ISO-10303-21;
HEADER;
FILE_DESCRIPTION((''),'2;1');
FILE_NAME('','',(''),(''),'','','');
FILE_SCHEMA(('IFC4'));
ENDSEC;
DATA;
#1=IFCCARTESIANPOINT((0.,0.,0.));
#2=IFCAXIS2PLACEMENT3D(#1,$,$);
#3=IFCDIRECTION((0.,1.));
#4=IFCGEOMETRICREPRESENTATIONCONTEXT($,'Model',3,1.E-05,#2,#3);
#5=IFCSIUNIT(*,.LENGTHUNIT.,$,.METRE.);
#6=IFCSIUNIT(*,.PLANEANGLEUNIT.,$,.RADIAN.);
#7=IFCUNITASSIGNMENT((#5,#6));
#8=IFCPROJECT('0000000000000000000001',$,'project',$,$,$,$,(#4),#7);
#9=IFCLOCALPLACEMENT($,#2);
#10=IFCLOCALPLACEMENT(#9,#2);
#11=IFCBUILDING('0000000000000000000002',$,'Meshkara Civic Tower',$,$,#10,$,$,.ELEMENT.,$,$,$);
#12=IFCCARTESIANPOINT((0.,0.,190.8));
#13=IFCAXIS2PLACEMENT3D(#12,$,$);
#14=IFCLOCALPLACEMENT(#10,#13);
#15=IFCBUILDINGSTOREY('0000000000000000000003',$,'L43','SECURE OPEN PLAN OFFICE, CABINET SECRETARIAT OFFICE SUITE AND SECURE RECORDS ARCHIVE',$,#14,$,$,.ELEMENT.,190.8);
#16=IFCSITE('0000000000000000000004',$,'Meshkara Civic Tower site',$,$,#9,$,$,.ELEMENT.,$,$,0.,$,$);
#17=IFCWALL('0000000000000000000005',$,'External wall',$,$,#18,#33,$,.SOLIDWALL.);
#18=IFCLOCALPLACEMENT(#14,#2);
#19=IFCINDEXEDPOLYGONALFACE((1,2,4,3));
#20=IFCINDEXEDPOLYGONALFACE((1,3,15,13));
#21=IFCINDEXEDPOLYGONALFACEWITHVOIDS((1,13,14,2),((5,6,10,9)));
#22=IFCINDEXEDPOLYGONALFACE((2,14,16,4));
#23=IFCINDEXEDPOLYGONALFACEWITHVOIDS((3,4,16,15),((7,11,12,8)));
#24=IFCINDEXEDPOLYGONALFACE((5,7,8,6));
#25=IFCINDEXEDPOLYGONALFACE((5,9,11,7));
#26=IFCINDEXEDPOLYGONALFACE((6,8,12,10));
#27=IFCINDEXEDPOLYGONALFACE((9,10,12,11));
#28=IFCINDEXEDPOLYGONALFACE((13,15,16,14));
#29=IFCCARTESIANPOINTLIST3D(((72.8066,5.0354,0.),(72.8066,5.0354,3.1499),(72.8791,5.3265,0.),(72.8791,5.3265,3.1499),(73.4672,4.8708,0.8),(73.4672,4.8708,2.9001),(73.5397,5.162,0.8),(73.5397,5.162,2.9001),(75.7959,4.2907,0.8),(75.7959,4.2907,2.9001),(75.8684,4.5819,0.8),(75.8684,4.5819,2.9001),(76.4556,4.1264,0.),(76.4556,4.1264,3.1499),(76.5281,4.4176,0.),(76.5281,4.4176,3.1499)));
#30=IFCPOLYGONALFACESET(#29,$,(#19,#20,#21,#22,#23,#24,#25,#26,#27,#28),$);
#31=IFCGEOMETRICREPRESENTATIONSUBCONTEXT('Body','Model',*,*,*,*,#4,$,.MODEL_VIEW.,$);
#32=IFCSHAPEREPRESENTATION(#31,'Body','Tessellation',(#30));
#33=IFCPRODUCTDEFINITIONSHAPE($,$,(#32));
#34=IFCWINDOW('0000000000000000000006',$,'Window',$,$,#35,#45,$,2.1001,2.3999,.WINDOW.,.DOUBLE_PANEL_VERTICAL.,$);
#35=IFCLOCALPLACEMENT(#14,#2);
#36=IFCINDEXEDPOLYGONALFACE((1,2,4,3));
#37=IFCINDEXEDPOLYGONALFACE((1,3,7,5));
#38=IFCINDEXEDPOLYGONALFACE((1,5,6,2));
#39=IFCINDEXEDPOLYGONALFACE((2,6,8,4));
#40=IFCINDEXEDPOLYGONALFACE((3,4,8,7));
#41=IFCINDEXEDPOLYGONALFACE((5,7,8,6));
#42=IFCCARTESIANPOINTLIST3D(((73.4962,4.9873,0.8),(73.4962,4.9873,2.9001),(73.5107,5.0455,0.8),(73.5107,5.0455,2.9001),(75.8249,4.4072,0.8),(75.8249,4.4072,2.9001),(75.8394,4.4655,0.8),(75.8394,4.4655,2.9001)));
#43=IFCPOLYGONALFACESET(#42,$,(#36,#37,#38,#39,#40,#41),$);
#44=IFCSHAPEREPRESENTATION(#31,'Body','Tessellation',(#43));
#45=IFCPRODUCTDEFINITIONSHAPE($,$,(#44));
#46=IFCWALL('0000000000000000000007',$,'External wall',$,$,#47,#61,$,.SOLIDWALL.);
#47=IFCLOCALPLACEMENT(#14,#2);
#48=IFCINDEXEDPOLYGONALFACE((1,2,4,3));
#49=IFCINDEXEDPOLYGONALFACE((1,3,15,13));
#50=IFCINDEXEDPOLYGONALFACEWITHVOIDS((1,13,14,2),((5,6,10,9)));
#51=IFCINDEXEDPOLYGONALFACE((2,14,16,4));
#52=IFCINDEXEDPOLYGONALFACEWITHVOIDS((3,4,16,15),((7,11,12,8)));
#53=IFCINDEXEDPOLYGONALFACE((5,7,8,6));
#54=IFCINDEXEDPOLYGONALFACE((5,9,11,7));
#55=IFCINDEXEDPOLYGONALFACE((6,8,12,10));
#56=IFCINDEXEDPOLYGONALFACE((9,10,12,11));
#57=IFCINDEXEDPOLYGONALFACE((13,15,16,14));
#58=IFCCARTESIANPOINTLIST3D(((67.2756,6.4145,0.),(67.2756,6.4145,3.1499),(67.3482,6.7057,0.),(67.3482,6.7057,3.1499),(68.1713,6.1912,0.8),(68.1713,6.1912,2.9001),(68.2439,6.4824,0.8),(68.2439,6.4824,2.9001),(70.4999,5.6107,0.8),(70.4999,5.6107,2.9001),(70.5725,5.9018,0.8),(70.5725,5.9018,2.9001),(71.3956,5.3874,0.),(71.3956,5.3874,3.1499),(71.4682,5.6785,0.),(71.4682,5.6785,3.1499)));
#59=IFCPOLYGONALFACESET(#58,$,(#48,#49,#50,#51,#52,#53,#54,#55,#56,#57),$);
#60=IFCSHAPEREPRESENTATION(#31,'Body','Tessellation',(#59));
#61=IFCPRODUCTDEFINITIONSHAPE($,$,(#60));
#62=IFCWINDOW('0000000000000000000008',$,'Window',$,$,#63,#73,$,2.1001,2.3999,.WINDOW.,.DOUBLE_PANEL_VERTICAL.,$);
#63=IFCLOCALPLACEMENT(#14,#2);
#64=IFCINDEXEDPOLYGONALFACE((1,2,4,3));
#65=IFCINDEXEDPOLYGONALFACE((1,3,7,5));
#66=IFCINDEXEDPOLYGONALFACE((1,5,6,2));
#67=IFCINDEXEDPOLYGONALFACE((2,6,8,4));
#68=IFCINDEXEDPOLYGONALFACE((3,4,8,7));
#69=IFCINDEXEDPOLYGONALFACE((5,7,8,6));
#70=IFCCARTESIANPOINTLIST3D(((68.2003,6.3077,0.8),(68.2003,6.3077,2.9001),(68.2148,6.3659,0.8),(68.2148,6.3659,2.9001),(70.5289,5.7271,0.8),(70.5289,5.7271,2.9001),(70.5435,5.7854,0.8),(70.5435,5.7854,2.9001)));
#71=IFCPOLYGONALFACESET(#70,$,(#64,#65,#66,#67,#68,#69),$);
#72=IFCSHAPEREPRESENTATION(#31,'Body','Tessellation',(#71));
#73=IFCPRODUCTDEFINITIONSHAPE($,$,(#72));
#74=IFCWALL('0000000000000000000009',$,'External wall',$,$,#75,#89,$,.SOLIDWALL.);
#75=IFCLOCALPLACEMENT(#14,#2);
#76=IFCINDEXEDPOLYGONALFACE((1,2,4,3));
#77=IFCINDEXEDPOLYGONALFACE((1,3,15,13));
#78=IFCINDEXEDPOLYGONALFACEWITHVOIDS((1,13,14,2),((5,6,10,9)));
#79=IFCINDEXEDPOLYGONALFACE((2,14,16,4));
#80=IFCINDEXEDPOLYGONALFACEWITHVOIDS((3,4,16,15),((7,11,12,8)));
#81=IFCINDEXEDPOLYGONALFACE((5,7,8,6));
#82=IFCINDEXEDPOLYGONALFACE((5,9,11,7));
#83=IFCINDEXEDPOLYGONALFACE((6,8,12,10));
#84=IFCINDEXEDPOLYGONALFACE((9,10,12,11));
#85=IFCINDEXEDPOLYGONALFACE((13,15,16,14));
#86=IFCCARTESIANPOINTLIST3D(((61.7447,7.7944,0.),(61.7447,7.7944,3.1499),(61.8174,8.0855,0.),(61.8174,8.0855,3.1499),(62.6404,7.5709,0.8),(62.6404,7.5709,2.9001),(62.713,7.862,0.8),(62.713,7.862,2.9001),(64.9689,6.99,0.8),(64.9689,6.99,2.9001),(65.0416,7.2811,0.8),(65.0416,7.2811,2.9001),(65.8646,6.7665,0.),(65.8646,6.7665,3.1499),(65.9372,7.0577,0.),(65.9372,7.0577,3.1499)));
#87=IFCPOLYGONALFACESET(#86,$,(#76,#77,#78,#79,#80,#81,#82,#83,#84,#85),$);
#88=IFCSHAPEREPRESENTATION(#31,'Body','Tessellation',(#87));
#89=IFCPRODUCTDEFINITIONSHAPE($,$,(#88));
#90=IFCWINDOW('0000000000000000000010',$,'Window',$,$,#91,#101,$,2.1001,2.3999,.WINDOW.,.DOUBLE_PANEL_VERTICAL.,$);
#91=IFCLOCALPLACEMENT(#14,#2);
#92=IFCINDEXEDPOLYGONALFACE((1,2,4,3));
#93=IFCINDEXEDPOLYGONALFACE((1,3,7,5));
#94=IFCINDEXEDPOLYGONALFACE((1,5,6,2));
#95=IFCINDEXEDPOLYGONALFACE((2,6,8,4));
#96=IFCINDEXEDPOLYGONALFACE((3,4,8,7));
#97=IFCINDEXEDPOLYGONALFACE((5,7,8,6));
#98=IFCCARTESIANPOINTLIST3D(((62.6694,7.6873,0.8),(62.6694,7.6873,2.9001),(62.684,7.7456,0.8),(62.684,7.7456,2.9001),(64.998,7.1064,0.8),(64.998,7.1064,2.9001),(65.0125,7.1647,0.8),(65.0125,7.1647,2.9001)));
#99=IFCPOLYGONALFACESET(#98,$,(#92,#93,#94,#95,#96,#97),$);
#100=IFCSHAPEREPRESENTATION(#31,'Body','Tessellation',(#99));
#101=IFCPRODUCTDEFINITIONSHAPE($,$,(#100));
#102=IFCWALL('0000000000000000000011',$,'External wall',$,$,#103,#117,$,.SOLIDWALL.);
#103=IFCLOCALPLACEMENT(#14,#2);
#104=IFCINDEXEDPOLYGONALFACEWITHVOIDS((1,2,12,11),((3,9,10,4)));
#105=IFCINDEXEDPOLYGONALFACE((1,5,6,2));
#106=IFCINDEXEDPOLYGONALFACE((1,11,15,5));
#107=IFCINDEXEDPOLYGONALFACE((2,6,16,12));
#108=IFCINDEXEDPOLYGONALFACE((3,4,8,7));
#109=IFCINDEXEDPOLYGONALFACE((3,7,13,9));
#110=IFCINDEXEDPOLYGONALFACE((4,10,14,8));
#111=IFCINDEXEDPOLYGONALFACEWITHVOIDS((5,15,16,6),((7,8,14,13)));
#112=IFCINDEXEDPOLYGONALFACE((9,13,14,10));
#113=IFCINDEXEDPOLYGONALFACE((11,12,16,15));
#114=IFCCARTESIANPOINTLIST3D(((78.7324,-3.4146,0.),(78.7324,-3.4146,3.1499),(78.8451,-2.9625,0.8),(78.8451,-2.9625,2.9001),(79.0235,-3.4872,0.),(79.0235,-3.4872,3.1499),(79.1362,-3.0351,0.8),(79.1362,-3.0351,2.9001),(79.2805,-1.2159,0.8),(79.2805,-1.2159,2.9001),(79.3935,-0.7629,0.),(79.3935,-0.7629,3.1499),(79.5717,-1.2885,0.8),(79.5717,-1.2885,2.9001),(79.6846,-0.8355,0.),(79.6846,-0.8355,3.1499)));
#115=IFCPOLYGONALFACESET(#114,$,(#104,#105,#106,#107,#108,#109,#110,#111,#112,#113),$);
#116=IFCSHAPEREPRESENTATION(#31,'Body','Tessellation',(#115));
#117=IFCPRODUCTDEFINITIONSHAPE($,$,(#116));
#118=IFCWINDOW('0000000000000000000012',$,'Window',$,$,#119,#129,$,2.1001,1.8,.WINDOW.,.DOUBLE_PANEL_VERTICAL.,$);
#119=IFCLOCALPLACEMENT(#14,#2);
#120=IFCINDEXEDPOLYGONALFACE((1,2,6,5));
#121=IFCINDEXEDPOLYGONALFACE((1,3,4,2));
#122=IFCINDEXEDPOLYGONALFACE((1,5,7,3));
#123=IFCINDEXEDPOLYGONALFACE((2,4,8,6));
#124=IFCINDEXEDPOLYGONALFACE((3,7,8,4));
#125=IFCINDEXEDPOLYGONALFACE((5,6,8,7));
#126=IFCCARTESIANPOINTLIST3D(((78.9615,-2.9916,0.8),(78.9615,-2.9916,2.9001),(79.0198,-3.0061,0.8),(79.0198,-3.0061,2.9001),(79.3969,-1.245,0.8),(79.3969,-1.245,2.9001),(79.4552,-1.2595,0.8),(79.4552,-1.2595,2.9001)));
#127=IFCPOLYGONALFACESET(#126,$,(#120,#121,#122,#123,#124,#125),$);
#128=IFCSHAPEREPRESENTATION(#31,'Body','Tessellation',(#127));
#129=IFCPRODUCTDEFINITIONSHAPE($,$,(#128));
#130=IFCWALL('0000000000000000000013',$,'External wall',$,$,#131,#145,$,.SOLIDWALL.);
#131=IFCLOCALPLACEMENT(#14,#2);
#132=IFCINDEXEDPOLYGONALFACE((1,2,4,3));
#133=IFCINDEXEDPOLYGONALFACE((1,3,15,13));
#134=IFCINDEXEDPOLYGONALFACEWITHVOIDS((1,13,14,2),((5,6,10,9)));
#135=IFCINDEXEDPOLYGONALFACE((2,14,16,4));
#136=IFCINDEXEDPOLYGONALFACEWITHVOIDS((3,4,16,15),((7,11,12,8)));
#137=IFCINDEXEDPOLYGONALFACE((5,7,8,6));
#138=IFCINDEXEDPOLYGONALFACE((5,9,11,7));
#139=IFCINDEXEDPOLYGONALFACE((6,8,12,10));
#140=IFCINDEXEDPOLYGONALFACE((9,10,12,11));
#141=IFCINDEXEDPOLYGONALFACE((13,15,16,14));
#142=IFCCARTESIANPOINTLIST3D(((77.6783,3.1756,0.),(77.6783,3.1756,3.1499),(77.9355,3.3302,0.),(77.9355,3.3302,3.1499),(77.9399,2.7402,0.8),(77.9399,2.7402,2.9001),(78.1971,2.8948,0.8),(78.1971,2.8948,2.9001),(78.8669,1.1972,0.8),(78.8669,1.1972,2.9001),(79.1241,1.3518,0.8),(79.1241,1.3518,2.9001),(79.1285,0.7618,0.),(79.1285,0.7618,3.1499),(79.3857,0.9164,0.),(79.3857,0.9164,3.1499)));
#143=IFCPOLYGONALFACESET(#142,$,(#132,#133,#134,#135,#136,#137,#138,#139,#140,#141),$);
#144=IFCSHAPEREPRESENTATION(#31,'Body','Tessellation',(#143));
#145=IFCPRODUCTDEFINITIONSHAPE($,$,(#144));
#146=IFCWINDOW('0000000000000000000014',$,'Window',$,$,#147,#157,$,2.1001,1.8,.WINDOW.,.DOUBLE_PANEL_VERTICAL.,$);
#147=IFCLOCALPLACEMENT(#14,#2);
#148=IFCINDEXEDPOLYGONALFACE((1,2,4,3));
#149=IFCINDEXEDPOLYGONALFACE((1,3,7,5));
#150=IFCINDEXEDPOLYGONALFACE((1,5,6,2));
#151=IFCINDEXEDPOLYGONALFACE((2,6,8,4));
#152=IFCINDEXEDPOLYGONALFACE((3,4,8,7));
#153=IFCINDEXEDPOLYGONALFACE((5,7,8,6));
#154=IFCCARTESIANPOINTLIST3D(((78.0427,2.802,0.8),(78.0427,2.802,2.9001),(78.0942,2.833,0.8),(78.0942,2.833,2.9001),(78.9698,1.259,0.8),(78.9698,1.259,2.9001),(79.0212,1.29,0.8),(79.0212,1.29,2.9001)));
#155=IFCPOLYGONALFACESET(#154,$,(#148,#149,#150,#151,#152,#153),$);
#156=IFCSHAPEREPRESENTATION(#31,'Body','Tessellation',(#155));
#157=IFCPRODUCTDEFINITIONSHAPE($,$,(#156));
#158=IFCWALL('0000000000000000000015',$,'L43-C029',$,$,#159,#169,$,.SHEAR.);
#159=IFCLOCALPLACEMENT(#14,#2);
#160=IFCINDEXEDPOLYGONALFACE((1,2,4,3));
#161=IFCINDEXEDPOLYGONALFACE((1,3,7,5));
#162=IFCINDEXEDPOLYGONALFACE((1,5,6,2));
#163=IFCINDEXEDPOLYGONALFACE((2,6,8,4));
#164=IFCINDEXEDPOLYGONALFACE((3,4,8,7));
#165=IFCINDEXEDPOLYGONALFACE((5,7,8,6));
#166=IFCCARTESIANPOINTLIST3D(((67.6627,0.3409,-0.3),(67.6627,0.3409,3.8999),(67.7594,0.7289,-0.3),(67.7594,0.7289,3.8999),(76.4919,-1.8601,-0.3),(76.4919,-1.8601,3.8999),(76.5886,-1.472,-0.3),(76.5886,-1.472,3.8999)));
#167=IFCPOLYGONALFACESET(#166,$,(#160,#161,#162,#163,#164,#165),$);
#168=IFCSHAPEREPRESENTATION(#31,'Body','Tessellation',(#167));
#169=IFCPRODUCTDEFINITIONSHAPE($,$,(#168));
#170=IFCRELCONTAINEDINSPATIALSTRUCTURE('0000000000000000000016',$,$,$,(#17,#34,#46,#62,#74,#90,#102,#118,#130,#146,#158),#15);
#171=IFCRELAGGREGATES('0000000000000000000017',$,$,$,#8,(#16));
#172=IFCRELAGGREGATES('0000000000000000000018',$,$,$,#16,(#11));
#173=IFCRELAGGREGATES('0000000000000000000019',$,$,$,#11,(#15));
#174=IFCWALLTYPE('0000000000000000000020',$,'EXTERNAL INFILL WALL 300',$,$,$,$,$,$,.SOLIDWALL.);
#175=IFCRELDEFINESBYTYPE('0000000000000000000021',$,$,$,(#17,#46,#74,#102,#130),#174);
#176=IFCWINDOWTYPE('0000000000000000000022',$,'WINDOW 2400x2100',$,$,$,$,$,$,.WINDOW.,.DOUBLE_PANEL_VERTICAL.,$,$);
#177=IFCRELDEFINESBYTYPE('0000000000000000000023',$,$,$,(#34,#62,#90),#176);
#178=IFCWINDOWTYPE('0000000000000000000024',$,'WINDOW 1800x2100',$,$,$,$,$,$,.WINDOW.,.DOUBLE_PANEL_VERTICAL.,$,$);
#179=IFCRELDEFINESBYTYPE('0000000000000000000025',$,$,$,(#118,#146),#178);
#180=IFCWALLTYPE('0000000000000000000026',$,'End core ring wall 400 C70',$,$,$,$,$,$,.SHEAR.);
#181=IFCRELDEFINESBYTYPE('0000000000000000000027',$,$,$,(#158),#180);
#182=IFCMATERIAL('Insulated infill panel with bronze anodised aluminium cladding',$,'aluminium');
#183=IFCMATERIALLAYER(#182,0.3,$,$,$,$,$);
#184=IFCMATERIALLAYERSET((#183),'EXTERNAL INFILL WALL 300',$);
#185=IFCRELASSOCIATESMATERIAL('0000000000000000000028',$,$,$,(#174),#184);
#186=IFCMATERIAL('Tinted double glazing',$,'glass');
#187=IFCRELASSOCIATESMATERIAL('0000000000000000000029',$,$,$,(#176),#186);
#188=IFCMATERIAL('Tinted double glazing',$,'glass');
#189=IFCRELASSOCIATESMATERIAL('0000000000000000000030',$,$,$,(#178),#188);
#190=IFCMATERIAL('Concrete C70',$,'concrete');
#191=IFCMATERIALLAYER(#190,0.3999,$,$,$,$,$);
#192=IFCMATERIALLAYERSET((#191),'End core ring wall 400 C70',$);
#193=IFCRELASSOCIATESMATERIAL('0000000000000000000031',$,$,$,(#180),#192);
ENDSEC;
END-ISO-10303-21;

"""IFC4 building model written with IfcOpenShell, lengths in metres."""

from ifc_helpers import new_model, si_unit, direction, frame, frame_2d, origin, place, context, subcontext, project, spatial, rectangle, extrude, material, layer, layer_set, type_object, element, fill, save


model = new_model("IFC4")

# Units and contexts
model_context = context("Model", 3, precision=1e-05, world=origin(), true_north=direction((0.0, 1.0)))
body_context = subcontext(model_context, "Body", "Model", "MODEL_VIEW")
ifc_project = project(units=[si_unit("LENGTHUNIT", "METRE"), si_unit("PLANEANGLEUNIT", "RADIAN")], contexts=[model_context])

# Site, building, storey
site_placement = place(None, origin())
site = spatial("IfcSite", under=ifc_project, at=site_placement, Name="Meshkara Civic Tower site", CompositionType="ELEMENT", RefElevation=0.0)
building_placement = place(site_placement, origin())
building = spatial("IfcBuilding", under=site, at=building_placement, Name="Meshkara Civic Tower", CompositionType="ELEMENT")
storey_placement = place(building_placement, frame((0.0, 0.0, 190.8)))
storey = spatial("IfcBuildingStorey", under=building, at=storey_placement, Name="L43", Description="SECURE OPEN PLAN OFFICE, CABINET SECRETARIAT OFFICE SUITE AND SECURE RECORDS ARCHIVE", CompositionType="ELEMENT", Elevation=190.8)

# Walls, openings, windows
ifc_material_1 = material(Name="Insulated infill panel with bronze anodised aluminium cladding", Category="aluminium")
ifc_layer_1 = layer(ifc_material_1, 0.3)
ifc_layer_set_1 = layer_set([ifc_layer_1], Name="EXTERNAL INFILL WALL 300")
wall_type_1 = type_object("IfcWallType", Name="EXTERNAL INFILL WALL 300", PredefinedType="SOLIDWALL", material=ifc_layer_set_1)
wall_1_placement = place(storey_placement, frame((76.4919, 4.272, 0.0), z_axis=(0.0, 0.0, 1.0), x_axis=(-0.970348, 0.241711, 0.0)))
wall_1 = element("IfcWall", 1, at=wall_1_placement, inside=storey, type_object=wall_type_1, Name="External wall", PredefinedType="SOLIDWALL", context=body_context, shape_type="SweptSolid", body=[
    extrude(rectangle(XDim=3.7605, YDim=0.3, at=frame_2d((1.8804, 0.0))), origin(), (0.0, 0.0, 1.0), 3.1499),
])
opening_1_placement = place(wall_1_placement, frame((0.6799, 0.0, 0.8)))
opening_1 = element("IfcOpeningElement", 2, at=opening_1_placement, cuts=wall_1, PredefinedType="OPENING", context=body_context, shape_type="SweptSolid", body=[
    extrude(rectangle(XDim=2.3999, YDim=2.1001, at=frame_2d((1.2, 1.05))), frame((0.0, 0.1599, 0.0), z_axis=(0.0, -1.0, 0.0), x_axis=(1.0, 0.0, 0.0)), (0.0, 0.0, 1.0), 0.3201),
])
ifc_material_2 = material(Name="Tinted double glazing", Category="glass")
window_type_1 = type_object("IfcWindowType", Name="WINDOW 2400x2100", PartitioningType="DOUBLE_PANEL_VERTICAL", PredefinedType="WINDOW", material=ifc_material_2)
window_1_placement = place(opening_1_placement, origin())
window_1 = element("IfcWindow", 3, at=window_1_placement, inside=storey, type_object=window_type_1, Name="Window", OverallHeight=2.1001, OverallWidth=2.3999, PartitioningType="DOUBLE_PANEL_VERTICAL", PredefinedType="WINDOW", context=body_context, shape_type="SweptSolid", body=[
    extrude(rectangle(XDim=2.3999, YDim=2.1001, at=frame_2d((1.2, 1.05))), frame((0.0, 0.03, 0.0), z_axis=(0.0, -1.0, 0.0), x_axis=(1.0, 0.0, 0.0)), (0.0, 0.0, 1.0), 0.0601),
])
fill(opening_1, window_1)
wall_2_placement = place(storey_placement, frame((71.4319, 5.533, 0.0), z_axis=(0.0, 0.0, 1.0), x_axis=(-0.970301, 0.2419, 0.0)))
wall_2 = element("IfcWall", 4, at=wall_2_placement, inside=storey, type_object=wall_type_1, Name="External wall", PredefinedType="SOLIDWALL", context=body_context, shape_type="SweptSolid", body=[
    extrude(rectangle(XDim=4.2461, YDim=0.3, at=frame_2d((2.123, 0.0))), origin(), (0.0, 0.0, 1.0), 3.1499),
])
opening_2_placement = place(wall_2_placement, frame((0.9231, 0.0, 0.8)))
opening_2 = element("IfcOpeningElement", 5, at=opening_2_placement, cuts=wall_2, PredefinedType="OPENING", context=body_context, shape_type="SweptSolid", body=[
    extrude(rectangle(XDim=2.3999, YDim=2.1001, at=frame_2d((1.2, 1.05))), frame((0.0, 0.1599, 0.0), z_axis=(0.0, -1.0, 0.0), x_axis=(1.0, 0.0, 0.0)), (0.0, 0.0, 1.0), 0.3201),
])
window_2_placement = place(opening_2_placement, origin())
window_2 = element("IfcWindow", 6, at=window_2_placement, inside=storey, type_object=window_type_1, Name="Window", OverallHeight=2.1001, OverallWidth=2.3999, PartitioningType="DOUBLE_PANEL_VERTICAL", PredefinedType="WINDOW", context=body_context, shape_type="SweptSolid", body=[
    extrude(rectangle(XDim=2.3999, YDim=2.1001, at=frame_2d((1.2, 1.05))), frame((0.0, 0.03, 0.0), z_axis=(0.0, -1.0, 0.0), x_axis=(1.0, 0.0, 0.0)), (0.0, 0.0, 1.0), 0.0601),
])
fill(opening_2, window_2)
wall_3_placement = place(storey_placement, frame((65.9009, 6.9121, 0.0), z_axis=(0.0, 0.0, 1.0), x_axis=(-0.970261, 0.242062, 0.0)))
wall_3 = element("IfcWall", 7, at=wall_3_placement, inside=storey, type_object=wall_type_1, Name="External wall", PredefinedType="SOLIDWALL", context=body_context, shape_type="SweptSolid", body=[
    extrude(rectangle(XDim=4.2461, YDim=0.3, at=frame_2d((2.123, 0.0))), origin(), (0.0, 0.0, 1.0), 3.1499),
])
opening_3_placement = place(wall_3_placement, frame((0.9231, 0.0, 0.8)))
opening_3 = element("IfcOpeningElement", 8, at=opening_3_placement, cuts=wall_3, PredefinedType="OPENING", context=body_context, shape_type="SweptSolid", body=[
    extrude(rectangle(XDim=2.3999, YDim=2.1001, at=frame_2d((1.2, 1.05))), frame((0.0, 0.1599, 0.0), z_axis=(0.0, -1.0, 0.0), x_axis=(1.0, 0.0, 0.0)), (0.0, 0.0, 1.0), 0.3201),
])
window_3_placement = place(opening_3_placement, origin())
window_3 = element("IfcWindow", 9, at=window_3_placement, inside=storey, type_object=window_type_1, Name="Window", OverallHeight=2.1001, OverallWidth=2.3999, PartitioningType="DOUBLE_PANEL_VERTICAL", PredefinedType="WINDOW", context=body_context, shape_type="SweptSolid", body=[
    extrude(rectangle(XDim=2.3999, YDim=2.1001, at=frame_2d((1.2, 1.05))), frame((0.0, 0.03, 0.0), z_axis=(0.0, -1.0, 0.0), x_axis=(1.0, 0.0, 0.0)), (0.0, 0.0, 1.0), 0.0601),
])
fill(opening_3, window_3)
wall_4_placement = place(storey_placement, frame((78.8779, -3.4509, 0.0), z_axis=(0.0, 0.0, 1.0), x_axis=(0.241905, 0.9703, 0.0)))
wall_4 = element("IfcWall", 10, at=wall_4_placement, inside=storey, type_object=wall_type_1, Name="External wall", PredefinedType="SOLIDWALL", context=body_context, shape_type="SweptSolid", body=[
    extrude(rectangle(XDim=2.7329, YDim=0.3, at=frame_2d((1.3665, 0.0))), origin(), (0.0, 0.0, 1.0), 3.1499),
])
opening_4_placement = place(wall_4_placement, frame((0.4661, 0.0, 0.8)))
opening_4 = element("IfcOpeningElement", 11, at=opening_4_placement, cuts=wall_4, PredefinedType="OPENING", context=body_context, shape_type="SweptSolid", body=[
    extrude(rectangle(XDim=1.8, YDim=2.1001, at=frame_2d((0.8999, 1.05))), frame((0.0, 0.1599, 0.0), z_axis=(0.0, -1.0, 0.0), x_axis=(1.0, 0.0, 0.0)), (0.0, 0.0, 1.0), 0.3201),
])
ifc_material_3 = material(Name="Tinted double glazing", Category="glass")
window_type_2 = type_object("IfcWindowType", Name="WINDOW 1800x2100", PartitioningType="DOUBLE_PANEL_VERTICAL", PredefinedType="WINDOW", material=ifc_material_3)
window_4_placement = place(opening_4_placement, origin())
window_4 = element("IfcWindow", 12, at=window_4_placement, inside=storey, type_object=window_type_2, Name="Window", OverallHeight=2.1001, OverallWidth=1.8, PartitioningType="DOUBLE_PANEL_VERTICAL", PredefinedType="WINDOW", context=body_context, shape_type="SweptSolid", body=[
    extrude(rectangle(XDim=1.8, YDim=2.1001, at=frame_2d((0.8999, 1.05))), frame((0.0, 0.03, 0.0), z_axis=(0.0, -1.0, 0.0), x_axis=(1.0, 0.0, 0.0)), (0.0, 0.0, 1.0), 0.0601),
])
fill(opening_4, window_4)
wall_5_placement = place(storey_placement, frame((79.2571, 0.8391, 0.0), z_axis=(0.0, 0.0, 1.0), x_axis=(-0.514993, 0.857194, 0.0)))
wall_5 = element("IfcWall", 13, at=wall_5_placement, inside=storey, type_object=wall_type_1, Name="External wall", PredefinedType="SOLIDWALL", context=body_context, shape_type="SweptSolid", body=[
    extrude(rectangle(XDim=2.8159, YDim=0.3, at=frame_2d((1.408, 0.0))), origin(), (0.0, 0.0, 1.0), 3.1499),
])
opening_5_placement = place(wall_5_placement, frame((0.5081, 0.0, 0.8)))
opening_5 = element("IfcOpeningElement", 14, at=opening_5_placement, cuts=wall_5, PredefinedType="OPENING", context=body_context, shape_type="SweptSolid", body=[
    extrude(rectangle(XDim=1.8, YDim=2.1001, at=frame_2d((0.8999, 1.05))), frame((0.0, 0.1599, 0.0), z_axis=(0.0, -1.0, 0.0), x_axis=(1.0, 0.0, 0.0)), (0.0, 0.0, 1.0), 0.3201),
])
window_5_placement = place(opening_5_placement, origin())
window_5 = element("IfcWindow", 15, at=window_5_placement, inside=storey, type_object=window_type_2, Name="Window", OverallHeight=2.1001, OverallWidth=1.8, PartitioningType="DOUBLE_PANEL_VERTICAL", PredefinedType="WINDOW", context=body_context, shape_type="SweptSolid", body=[
    extrude(rectangle(XDim=1.8, YDim=2.1001, at=frame_2d((0.8999, 1.05))), frame((0.0, 0.03, 0.0), z_axis=(0.0, -1.0, 0.0), x_axis=(1.0, 0.0, 0.0)), (0.0, 0.0, 1.0), 0.0601),
])
fill(opening_5, window_5)

# Wall
ifc_material_4 = material(Name="Concrete C70", Category="concrete")
ifc_layer_2 = layer(ifc_material_4, 0.3999)
ifc_layer_set_2 = layer_set([ifc_layer_2], Name="End core ring wall 400 C70")
wall_type_2 = type_object("IfcWallType", Name="End core ring wall 400 C70", PredefinedType="SHEAR", material=ifc_layer_set_2)
wall_6_placement = place(storey_placement, frame((67.7109, 0.5349, -0.3), z_axis=(0.0, 0.0, 1.0), x_axis=(0.970306, -0.241879, 0.0)))
element("IfcWall", 16, at=wall_6_placement, inside=storey, type_object=wall_type_2, Name="L43-C029", PredefinedType="SHEAR", context=body_context, shape_type="SweptSolid", body=[
    extrude(rectangle(XDim=9.0994, YDim=0.3999, at=frame_2d((4.5498, 0.0))), origin(), (0.0, 0.0, 1.0), 4.2),
])

save(model, "model.ifc")
